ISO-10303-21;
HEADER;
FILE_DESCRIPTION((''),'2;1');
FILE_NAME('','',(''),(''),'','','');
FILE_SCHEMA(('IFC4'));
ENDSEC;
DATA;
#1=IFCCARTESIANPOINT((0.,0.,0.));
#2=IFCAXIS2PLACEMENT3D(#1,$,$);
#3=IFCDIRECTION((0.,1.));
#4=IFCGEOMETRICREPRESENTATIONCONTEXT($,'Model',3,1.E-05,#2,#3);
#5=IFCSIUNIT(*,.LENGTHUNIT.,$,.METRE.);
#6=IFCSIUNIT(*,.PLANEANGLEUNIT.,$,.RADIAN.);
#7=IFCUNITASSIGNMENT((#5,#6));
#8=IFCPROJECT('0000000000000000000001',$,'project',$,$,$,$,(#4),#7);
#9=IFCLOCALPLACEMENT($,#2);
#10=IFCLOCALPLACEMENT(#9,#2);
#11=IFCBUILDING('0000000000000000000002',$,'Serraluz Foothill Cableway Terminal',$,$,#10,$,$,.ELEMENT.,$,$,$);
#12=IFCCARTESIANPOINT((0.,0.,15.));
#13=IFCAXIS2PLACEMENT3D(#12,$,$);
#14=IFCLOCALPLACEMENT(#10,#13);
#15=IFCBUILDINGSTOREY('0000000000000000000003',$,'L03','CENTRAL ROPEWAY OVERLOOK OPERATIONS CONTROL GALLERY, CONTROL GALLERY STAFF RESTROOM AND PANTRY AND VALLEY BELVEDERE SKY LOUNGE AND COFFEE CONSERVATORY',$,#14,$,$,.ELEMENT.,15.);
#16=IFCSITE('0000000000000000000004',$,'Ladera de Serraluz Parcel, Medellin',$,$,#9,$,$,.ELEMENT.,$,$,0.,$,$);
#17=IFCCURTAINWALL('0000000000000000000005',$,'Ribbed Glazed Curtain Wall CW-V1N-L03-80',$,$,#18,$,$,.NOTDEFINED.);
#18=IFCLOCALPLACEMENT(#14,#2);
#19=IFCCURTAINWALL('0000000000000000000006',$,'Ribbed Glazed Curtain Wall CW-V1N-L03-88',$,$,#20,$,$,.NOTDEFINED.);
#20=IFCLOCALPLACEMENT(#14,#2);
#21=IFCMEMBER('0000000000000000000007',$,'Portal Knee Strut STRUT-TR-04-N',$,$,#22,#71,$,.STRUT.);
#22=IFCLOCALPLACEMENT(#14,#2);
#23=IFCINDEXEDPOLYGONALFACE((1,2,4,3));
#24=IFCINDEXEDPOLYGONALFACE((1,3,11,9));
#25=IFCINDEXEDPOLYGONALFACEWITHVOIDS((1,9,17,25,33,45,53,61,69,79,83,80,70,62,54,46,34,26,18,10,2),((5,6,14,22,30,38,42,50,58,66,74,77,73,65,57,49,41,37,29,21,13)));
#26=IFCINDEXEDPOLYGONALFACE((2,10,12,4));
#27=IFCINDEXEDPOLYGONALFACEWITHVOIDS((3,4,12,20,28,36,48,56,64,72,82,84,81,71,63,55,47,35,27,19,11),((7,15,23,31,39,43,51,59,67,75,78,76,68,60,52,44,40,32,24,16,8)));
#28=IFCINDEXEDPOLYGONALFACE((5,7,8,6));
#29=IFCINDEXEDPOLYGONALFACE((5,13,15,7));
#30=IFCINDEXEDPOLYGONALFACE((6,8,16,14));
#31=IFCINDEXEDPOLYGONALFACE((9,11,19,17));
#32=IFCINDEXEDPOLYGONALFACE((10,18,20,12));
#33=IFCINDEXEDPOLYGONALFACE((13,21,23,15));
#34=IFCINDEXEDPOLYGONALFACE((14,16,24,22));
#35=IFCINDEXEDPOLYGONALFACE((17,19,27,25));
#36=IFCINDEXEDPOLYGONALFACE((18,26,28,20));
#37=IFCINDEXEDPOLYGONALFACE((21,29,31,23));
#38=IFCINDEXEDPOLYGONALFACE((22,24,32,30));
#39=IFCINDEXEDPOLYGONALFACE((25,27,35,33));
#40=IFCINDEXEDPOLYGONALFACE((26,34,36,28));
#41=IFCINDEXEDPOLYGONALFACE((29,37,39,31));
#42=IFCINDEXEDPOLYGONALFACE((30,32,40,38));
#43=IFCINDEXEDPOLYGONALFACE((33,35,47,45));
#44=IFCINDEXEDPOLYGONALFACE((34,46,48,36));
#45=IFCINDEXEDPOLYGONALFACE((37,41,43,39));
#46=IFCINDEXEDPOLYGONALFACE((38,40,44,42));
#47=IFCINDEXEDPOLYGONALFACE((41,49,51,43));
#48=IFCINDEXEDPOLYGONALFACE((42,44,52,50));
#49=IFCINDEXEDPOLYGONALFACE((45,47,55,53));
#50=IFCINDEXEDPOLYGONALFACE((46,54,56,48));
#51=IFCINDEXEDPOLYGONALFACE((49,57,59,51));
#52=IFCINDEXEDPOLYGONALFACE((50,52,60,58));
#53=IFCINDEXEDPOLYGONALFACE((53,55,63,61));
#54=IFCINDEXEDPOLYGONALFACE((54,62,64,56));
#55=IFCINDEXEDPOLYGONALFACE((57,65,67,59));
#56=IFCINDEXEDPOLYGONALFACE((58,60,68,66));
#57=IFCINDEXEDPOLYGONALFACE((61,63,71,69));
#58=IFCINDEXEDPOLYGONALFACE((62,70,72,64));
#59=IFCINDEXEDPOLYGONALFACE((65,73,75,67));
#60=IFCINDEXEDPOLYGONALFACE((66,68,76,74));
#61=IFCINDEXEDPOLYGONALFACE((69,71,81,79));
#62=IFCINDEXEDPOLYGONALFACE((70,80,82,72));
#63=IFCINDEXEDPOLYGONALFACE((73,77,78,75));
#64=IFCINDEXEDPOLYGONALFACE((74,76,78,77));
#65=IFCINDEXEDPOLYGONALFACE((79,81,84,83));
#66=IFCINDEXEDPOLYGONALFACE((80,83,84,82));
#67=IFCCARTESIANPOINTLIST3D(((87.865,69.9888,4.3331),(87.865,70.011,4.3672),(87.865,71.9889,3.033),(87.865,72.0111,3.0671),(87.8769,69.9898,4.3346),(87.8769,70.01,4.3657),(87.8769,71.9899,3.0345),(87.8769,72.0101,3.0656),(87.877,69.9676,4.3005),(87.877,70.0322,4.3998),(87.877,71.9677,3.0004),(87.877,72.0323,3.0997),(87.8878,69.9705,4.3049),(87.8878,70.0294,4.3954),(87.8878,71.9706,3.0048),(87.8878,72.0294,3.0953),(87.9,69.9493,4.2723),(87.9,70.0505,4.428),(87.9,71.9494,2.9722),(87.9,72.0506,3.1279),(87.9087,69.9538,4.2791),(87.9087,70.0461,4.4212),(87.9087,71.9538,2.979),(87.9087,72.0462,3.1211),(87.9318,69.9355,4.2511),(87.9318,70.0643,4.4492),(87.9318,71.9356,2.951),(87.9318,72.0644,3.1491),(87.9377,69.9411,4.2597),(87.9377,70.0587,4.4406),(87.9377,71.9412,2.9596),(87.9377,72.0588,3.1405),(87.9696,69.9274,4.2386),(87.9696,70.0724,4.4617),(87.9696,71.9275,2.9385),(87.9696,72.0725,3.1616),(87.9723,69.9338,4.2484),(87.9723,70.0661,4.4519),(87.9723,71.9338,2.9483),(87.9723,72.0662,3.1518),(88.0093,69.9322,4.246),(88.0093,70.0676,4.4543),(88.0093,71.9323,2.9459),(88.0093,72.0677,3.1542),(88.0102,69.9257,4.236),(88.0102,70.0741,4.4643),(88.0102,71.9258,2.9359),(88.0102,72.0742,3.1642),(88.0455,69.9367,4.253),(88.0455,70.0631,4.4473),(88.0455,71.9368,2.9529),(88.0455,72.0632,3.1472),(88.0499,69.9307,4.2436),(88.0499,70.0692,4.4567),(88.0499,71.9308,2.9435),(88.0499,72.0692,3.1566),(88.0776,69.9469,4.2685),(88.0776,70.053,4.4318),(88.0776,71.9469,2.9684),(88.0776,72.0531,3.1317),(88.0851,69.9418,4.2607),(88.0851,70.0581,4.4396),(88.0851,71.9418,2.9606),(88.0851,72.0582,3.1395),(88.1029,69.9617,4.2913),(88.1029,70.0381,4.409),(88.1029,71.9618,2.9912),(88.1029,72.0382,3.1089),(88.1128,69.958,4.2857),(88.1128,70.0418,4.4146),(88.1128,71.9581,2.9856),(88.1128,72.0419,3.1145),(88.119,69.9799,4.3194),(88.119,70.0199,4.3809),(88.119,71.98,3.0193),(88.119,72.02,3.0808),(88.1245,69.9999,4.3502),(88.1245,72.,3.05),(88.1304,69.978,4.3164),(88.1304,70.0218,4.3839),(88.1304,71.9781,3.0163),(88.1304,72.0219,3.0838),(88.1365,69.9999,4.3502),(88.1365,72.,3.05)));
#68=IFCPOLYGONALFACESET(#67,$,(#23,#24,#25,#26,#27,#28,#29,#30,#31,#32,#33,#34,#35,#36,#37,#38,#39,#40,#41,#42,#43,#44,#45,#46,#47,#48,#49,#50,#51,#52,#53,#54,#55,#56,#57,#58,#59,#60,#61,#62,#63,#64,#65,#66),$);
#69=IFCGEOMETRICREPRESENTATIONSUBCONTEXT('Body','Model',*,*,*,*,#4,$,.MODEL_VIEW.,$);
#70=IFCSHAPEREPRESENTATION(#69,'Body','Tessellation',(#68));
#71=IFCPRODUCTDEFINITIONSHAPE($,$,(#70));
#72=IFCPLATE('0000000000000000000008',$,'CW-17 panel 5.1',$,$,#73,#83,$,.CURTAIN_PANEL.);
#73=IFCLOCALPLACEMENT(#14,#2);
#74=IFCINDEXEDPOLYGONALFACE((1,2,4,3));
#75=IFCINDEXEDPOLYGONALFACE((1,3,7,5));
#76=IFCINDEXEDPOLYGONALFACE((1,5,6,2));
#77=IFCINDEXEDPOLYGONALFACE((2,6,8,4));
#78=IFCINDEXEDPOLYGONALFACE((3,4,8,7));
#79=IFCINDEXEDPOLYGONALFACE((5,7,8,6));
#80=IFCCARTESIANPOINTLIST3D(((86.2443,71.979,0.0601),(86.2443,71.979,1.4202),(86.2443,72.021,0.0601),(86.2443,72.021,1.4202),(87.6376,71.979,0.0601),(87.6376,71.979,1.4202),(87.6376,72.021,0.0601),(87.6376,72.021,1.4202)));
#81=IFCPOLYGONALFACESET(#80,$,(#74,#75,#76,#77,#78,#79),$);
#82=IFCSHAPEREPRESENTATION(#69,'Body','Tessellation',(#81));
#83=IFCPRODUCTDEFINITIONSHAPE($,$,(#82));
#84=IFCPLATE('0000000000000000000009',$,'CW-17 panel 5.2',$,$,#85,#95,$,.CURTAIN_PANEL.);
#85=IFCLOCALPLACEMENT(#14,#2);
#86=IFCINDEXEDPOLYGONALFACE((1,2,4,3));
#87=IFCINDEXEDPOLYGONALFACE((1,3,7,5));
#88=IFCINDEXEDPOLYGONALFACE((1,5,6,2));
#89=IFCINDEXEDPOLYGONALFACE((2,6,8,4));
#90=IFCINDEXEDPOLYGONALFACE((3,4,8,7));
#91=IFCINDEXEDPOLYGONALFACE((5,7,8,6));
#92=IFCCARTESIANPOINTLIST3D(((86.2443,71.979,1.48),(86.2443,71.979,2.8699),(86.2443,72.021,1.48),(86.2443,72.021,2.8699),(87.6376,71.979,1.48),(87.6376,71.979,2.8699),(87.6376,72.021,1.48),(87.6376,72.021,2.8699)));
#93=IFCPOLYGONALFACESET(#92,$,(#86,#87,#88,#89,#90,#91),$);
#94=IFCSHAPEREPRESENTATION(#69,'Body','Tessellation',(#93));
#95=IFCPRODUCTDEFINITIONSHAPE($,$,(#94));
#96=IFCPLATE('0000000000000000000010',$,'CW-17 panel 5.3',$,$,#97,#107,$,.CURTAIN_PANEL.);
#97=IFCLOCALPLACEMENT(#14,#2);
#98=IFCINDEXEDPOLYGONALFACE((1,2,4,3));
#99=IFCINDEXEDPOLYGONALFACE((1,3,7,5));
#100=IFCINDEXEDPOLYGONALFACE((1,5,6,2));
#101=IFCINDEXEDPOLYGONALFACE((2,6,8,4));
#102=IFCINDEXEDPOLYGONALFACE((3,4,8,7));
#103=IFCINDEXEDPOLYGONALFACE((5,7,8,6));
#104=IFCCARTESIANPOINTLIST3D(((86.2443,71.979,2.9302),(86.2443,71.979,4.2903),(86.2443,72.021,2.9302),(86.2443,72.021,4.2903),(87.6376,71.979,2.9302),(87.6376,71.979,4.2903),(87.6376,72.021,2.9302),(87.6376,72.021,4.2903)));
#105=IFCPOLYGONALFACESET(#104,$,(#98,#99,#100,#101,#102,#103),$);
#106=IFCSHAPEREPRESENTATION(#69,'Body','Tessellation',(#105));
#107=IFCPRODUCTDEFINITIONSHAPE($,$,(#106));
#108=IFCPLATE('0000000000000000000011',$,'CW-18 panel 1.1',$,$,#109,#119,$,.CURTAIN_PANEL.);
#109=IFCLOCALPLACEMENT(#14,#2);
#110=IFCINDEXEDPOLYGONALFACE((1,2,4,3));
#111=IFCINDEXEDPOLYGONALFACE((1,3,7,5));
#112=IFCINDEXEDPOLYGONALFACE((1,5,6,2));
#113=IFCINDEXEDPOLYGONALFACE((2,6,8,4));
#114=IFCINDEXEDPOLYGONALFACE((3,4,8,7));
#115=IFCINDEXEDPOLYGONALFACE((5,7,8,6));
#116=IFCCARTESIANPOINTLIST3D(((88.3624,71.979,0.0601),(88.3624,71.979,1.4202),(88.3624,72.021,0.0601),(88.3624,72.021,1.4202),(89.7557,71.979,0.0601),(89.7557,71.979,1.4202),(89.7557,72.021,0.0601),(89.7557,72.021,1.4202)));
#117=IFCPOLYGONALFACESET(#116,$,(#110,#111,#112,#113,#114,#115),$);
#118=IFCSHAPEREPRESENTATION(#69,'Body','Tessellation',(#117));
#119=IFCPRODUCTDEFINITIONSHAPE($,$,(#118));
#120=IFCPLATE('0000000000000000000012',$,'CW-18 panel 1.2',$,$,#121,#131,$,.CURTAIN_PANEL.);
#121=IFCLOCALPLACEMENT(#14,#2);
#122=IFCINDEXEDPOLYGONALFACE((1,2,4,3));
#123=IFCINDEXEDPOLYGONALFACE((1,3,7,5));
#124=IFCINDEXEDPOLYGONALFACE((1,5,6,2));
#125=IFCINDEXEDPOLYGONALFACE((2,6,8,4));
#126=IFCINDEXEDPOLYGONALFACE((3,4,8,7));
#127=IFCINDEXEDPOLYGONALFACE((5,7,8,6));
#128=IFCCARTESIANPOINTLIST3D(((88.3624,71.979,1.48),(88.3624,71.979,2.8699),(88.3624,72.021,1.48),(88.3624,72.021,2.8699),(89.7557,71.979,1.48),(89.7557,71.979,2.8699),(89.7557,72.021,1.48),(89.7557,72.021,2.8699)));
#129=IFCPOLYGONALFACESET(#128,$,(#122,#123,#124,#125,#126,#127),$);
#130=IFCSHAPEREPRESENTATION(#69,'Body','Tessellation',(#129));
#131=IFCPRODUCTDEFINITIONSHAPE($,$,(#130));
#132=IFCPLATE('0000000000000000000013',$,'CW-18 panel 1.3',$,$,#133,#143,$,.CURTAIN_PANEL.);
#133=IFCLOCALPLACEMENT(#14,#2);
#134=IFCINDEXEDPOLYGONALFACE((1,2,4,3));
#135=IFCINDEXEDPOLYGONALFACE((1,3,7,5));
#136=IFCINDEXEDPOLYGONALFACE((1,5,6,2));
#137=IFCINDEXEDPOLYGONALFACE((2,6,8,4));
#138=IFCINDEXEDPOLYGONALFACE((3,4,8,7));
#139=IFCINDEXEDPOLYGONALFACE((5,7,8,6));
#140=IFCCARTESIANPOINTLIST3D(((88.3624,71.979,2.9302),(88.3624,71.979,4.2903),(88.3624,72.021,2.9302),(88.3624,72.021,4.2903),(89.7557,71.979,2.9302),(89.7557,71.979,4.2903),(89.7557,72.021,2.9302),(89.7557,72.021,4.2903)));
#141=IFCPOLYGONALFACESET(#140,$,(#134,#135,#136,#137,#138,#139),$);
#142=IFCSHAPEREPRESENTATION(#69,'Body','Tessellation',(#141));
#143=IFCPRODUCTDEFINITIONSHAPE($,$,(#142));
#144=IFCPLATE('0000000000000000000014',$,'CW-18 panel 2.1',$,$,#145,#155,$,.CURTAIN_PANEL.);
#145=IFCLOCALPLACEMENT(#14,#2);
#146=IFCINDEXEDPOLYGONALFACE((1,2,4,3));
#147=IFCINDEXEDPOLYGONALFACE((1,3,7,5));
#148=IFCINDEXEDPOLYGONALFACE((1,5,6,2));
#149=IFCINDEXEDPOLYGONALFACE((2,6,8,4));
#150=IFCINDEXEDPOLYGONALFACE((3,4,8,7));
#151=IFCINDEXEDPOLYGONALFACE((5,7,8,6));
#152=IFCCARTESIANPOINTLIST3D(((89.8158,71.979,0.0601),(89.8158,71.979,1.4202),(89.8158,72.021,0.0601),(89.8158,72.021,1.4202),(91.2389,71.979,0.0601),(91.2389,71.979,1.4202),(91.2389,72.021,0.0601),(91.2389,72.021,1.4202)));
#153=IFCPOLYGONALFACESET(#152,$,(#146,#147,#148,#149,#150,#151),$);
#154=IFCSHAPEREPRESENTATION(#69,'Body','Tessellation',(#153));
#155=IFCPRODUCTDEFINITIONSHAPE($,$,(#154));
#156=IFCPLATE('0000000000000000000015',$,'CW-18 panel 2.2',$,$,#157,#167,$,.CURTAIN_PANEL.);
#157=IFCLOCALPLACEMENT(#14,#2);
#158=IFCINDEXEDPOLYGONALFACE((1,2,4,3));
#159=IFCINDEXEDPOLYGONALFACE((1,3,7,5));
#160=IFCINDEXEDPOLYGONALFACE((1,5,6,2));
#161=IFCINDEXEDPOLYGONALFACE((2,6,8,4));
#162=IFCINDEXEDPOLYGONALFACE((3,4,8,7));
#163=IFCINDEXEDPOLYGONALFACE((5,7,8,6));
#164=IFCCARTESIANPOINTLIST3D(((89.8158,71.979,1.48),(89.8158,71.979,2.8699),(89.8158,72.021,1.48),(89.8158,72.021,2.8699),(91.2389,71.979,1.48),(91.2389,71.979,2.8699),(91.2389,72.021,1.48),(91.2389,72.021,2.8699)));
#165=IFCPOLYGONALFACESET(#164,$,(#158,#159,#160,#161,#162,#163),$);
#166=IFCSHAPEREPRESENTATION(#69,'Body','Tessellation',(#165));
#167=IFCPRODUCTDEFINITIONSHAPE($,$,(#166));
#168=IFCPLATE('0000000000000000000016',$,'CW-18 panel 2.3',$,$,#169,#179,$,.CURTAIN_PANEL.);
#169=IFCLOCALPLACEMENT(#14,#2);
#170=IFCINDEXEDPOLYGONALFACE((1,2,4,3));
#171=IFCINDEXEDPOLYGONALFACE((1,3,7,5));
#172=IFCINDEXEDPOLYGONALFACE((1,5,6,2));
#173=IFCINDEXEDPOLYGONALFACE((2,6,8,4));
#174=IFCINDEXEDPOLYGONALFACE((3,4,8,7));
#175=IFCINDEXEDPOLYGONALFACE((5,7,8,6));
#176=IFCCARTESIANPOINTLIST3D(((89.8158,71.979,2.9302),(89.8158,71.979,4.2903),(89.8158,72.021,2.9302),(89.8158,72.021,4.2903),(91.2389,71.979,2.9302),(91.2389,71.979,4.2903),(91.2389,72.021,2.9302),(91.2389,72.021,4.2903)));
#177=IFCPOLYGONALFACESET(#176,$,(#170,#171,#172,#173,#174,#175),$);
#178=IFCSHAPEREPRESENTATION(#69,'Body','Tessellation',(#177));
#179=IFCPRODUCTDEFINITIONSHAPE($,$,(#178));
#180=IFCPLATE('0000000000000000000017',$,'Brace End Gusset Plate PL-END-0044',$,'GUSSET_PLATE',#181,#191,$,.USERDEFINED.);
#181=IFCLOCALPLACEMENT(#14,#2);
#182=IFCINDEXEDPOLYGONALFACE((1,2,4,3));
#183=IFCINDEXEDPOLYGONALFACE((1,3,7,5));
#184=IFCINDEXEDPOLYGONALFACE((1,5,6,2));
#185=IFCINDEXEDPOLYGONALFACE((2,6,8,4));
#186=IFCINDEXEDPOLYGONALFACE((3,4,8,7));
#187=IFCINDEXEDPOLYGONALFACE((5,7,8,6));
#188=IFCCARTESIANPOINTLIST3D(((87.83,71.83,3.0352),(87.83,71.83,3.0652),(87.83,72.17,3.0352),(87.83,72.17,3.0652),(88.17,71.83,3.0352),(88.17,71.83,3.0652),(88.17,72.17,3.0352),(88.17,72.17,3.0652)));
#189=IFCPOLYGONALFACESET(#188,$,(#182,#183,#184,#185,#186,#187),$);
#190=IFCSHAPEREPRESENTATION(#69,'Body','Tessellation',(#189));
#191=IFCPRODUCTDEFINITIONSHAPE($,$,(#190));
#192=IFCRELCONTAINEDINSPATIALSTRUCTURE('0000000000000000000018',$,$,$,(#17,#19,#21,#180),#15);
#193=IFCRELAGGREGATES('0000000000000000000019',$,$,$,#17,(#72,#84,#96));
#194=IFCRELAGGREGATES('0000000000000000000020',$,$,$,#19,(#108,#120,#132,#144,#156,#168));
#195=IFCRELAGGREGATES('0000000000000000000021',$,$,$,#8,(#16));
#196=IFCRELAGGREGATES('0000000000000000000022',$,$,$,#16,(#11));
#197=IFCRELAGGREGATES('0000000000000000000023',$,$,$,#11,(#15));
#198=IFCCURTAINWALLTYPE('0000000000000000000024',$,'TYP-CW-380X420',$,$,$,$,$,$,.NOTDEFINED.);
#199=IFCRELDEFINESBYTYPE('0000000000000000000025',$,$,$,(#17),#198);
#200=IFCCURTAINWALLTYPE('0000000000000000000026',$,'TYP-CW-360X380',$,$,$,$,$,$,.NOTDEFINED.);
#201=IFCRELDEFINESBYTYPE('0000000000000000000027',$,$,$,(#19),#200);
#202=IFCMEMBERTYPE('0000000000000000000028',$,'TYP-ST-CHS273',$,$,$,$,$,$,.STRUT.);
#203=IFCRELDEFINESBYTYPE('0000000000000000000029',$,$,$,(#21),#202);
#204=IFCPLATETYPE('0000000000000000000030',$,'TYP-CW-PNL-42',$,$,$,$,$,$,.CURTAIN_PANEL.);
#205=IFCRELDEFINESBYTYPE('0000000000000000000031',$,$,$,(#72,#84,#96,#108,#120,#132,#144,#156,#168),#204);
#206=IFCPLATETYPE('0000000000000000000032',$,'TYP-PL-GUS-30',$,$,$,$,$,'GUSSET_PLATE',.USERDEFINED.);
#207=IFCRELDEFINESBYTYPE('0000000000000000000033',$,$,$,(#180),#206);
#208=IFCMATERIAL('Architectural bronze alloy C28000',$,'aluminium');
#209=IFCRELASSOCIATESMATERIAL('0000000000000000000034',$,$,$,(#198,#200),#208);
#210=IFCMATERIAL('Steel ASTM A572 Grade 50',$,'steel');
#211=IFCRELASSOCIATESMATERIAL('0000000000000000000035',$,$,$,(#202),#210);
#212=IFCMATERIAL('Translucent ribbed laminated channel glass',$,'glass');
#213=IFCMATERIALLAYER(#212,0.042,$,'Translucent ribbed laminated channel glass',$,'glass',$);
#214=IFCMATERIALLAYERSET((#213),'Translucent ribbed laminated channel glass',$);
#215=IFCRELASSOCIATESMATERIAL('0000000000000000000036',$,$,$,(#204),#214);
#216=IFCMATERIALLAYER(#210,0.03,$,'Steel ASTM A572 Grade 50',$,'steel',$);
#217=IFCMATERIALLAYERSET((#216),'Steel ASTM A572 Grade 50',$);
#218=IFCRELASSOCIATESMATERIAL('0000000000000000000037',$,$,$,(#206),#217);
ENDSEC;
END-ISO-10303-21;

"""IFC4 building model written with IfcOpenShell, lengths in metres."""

from ifc_helpers import new_model, si_unit, direction, frame, origin, origin_2d, place, context, subcontext, project, spatial, rectangle, hollow_circle, extrude, material, layer, layer_set, material_profile, profile_set, type_object, element, aggregate, save


model = new_model("IFC4")

# Units and contexts
model_context = context("Model", 3, precision=1e-05, world=origin(), true_north=direction((0.0, 1.0)))
body_context = subcontext(model_context, "Body", "Model", "MODEL_VIEW")
ifc_project = project(units=[si_unit("LENGTHUNIT", "METRE"), si_unit("PLANEANGLEUNIT", "RADIAN")], contexts=[model_context])

# Site, building, storey
site_placement = place(None, origin())
site = spatial("IfcSite", under=ifc_project, at=site_placement, Name="Ladera de Serraluz Parcel, Medellin", CompositionType="ELEMENT", RefElevation=0.0)
building_placement = place(site_placement, origin())
building = spatial("IfcBuilding", under=site, at=building_placement, Name="Serraluz Foothill Cableway Terminal", CompositionType="ELEMENT")
storey_placement = place(building_placement, frame((0.0, 0.0, 15.0)))
storey = spatial("IfcBuildingStorey", under=building, at=storey_placement, Name="L03", Description="CENTRAL ROPEWAY OVERLOOK OPERATIONS CONTROL GALLERY, CONTROL GALLERY STAFF RESTROOM AND PANTRY AND VALLEY BELVEDERE SKY LOUNGE AND COFFEE CONSERVATORY", CompositionType="ELEMENT", Elevation=15.0)

# Curtain walls
ifc_material_1 = material(Name="Architectural bronze alloy C28000", Category="aluminium")
curtain_wall_type_1 = type_object("IfcCurtainWallType", Name="TYP-CW-380X420", PredefinedType="NOTDEFINED", material=ifc_material_1)
curtain_wall_1_placement = place(storey_placement, origin())
curtain_wall_1 = element("IfcCurtainWall", 1, at=curtain_wall_1_placement, inside=storey, type_object=curtain_wall_type_1, Name="Ribbed Glazed Curtain Wall CW-V1N-L03-80", PredefinedType="NOTDEFINED")
curtain_wall_type_2 = type_object("IfcCurtainWallType", Name="TYP-CW-360X380", PredefinedType="NOTDEFINED", material=ifc_material_1)
curtain_wall_2_placement = place(storey_placement, origin())
curtain_wall_2 = element("IfcCurtainWall", 2, at=curtain_wall_2_placement, inside=storey, type_object=curtain_wall_type_2, Name="Ribbed Glazed Curtain Wall CW-V1N-L03-88", PredefinedType="NOTDEFINED")

# Member
ifc_material_2 = material(Name="Steel ASTM A572 Grade 50", Category="steel")
ifc_material_profile_1 = material_profile(ifc_material_2, hollow_circle(Radius=0.1365, WallThickness=0.012, at=origin_2d()), Name="CHS273X12")
ifc_profile_set_1 = profile_set([ifc_material_profile_1], Name="Steel ASTM A572 Grade 50")
member_type_1 = type_object("IfcMemberType", Name="TYP-ST-CHS273", PredefinedType="STRUT", material=ifc_profile_set_1)
member_1_placement = place(storey_placement, frame((88.0, 72.0, 3.05), z_axis=(0.0, -0.838434, 0.545003), x_axis=(1.0, 0.0, 0.0)))
element("IfcMember", 3, at=member_1_placement, inside=storey, type_object=member_type_1, Name="Portal Knee Strut STRUT-TR-04-N", PredefinedType="STRUT", context=body_context, shape_type="SweptSolid", body=[
    extrude(hollow_circle(Radius=0.1365, WallThickness=0.012, at=origin_2d()), origin(), (0.0, 0.0, 1.0), 2.3855),
])

# Plates
ifc_material_3 = material(Name="Translucent ribbed laminated channel glass", Category="glass")
ifc_layer_1 = layer(ifc_material_3, 0.042, Name="Translucent ribbed laminated channel glass", Category="glass")
ifc_layer_set_1 = layer_set([ifc_layer_1], Name="Translucent ribbed laminated channel glass")
plate_type_1 = type_object("IfcPlateType", Name="TYP-CW-PNL-42", PredefinedType="CURTAIN_PANEL", material=ifc_layer_set_1)
plate_1_placement = place(storey_placement, frame((86.9409, 72.0, 0.0601), z_axis=(0.0, 0.0, 1.0), x_axis=(1.0, 0.0, 0.0)))
plate_1 = element("IfcPlate", 4, at=plate_1_placement, type_object=plate_type_1, Name="CW-17 panel 5.1", PredefinedType="CURTAIN_PANEL", context=body_context, shape_type="SweptSolid", body=[
    extrude(rectangle(XDim=1.3933, YDim=0.042, at=origin_2d()), origin(), (0.0, 0.0, 1.0), 1.3601),
])
plate_2_placement = place(storey_placement, frame((86.9409, 72.0, 1.48), z_axis=(0.0, 0.0, 1.0), x_axis=(1.0, 0.0, 0.0)))
plate_2 = element("IfcPlate", 5, at=plate_2_placement, type_object=plate_type_1, Name="CW-17 panel 5.2", PredefinedType="CURTAIN_PANEL", context=body_context, shape_type="SweptSolid", body=[
    extrude(rectangle(XDim=1.3933, YDim=0.042, at=origin_2d()), origin(), (0.0, 0.0, 1.0), 1.3899),
])
plate_3_placement = place(storey_placement, frame((86.9409, 72.0, 2.9302), z_axis=(0.0, 0.0, 1.0), x_axis=(1.0, 0.0, 0.0)))
plate_3 = element("IfcPlate", 6, at=plate_3_placement, type_object=plate_type_1, Name="CW-17 panel 5.3", PredefinedType="CURTAIN_PANEL", context=body_context, shape_type="SweptSolid", body=[
    extrude(rectangle(XDim=1.3933, YDim=0.042, at=origin_2d()), origin(), (0.0, 0.0, 1.0), 1.3601),
])
aggregate(curtain_wall_1, [plate_1, plate_2, plate_3])
plate_4_placement = place(storey_placement, frame((89.0591, 72.0, 0.0601), z_axis=(0.0, 0.0, 1.0), x_axis=(1.0, 0.0, 0.0)))
plate_4 = element("IfcPlate", 7, at=plate_4_placement, type_object=plate_type_1, Name="CW-18 panel 1.1", PredefinedType="CURTAIN_PANEL", context=body_context, shape_type="SweptSolid", body=[
    extrude(rectangle(XDim=1.3933, YDim=0.042, at=origin_2d()), origin(), (0.0, 0.0, 1.0), 1.3601),
])
plate_5_placement = place(storey_placement, frame((89.0591, 72.0, 1.48), z_axis=(0.0, 0.0, 1.0), x_axis=(1.0, 0.0, 0.0)))
plate_5 = element("IfcPlate", 8, at=plate_5_placement, type_object=plate_type_1, Name="CW-18 panel 1.2", PredefinedType="CURTAIN_PANEL", context=body_context, shape_type="SweptSolid", body=[
    extrude(rectangle(XDim=1.3933, YDim=0.042, at=origin_2d()), origin(), (0.0, 0.0, 1.0), 1.3899),
])
plate_6_placement = place(storey_placement, frame((89.0591, 72.0, 2.9302), z_axis=(0.0, 0.0, 1.0), x_axis=(1.0, 0.0, 0.0)))
plate_6 = element("IfcPlate", 9, at=plate_6_placement, type_object=plate_type_1, Name="CW-18 panel 1.3", PredefinedType="CURTAIN_PANEL", context=body_context, shape_type="SweptSolid", body=[
    extrude(rectangle(XDim=1.3933, YDim=0.042, at=origin_2d()), origin(), (0.0, 0.0, 1.0), 1.3601),
])
plate_7_placement = place(storey_placement, frame((90.5273, 72.0, 0.0601), z_axis=(0.0, 0.0, 1.0), x_axis=(1.0, 0.0, 0.0)))
plate_7 = element("IfcPlate", 10, at=plate_7_placement, type_object=plate_type_1, Name="CW-18 panel 2.1", PredefinedType="CURTAIN_PANEL", context=body_context, shape_type="SweptSolid", body=[
    extrude(rectangle(XDim=1.4231, YDim=0.042, at=origin_2d()), origin(), (0.0, 0.0, 1.0), 1.3601),
])
plate_8_placement = place(storey_placement, frame((90.5273, 72.0, 1.48), z_axis=(0.0, 0.0, 1.0), x_axis=(1.0, 0.0, 0.0)))
plate_8 = element("IfcPlate", 11, at=plate_8_placement, type_object=plate_type_1, Name="CW-18 panel 2.2", PredefinedType="CURTAIN_PANEL", context=body_context, shape_type="SweptSolid", body=[
    extrude(rectangle(XDim=1.4231, YDim=0.042, at=origin_2d()), origin(), (0.0, 0.0, 1.0), 1.3899),
])
plate_9_placement = place(storey_placement, frame((90.5273, 72.0, 2.9302), z_axis=(0.0, 0.0, 1.0), x_axis=(1.0, 0.0, 0.0)))
plate_9 = element("IfcPlate", 12, at=plate_9_placement, type_object=plate_type_1, Name="CW-18 panel 2.3", PredefinedType="CURTAIN_PANEL", context=body_context, shape_type="SweptSolid", body=[
    extrude(rectangle(XDim=1.4231, YDim=0.042, at=origin_2d()), origin(), (0.0, 0.0, 1.0), 1.3601),
])
aggregate(curtain_wall_2, [plate_4, plate_5, plate_6, plate_7, plate_8, plate_9])
ifc_layer_2 = layer(ifc_material_2, 0.03, Name="Steel ASTM A572 Grade 50", Category="steel")
ifc_layer_set_2 = layer_set([ifc_layer_2], Name="Steel ASTM A572 Grade 50")
plate_type_2 = type_object("IfcPlateType", Name="TYP-PL-GUS-30", ElementType="GUSSET_PLATE", PredefinedType="USERDEFINED", material=ifc_layer_set_2)
plate_10_placement = place(storey_placement, frame((88.0, 72.0, 3.0352), z_axis=(0.0, 0.0, 1.0), x_axis=(1.0, 0.0, 0.0)))
element("IfcPlate", 13, at=plate_10_placement, inside=storey, type_object=plate_type_2, Name="Brace End Gusset Plate PL-END-0044", ObjectType="GUSSET_PLATE", PredefinedType="USERDEFINED", context=body_context, shape_type="SweptSolid", body=[
    extrude(rectangle(XDim=0.3401, YDim=0.3401, at=origin_2d()), origin(), (0.0, 0.0, 1.0), 0.03),
])

save(model, "model.ifc")
